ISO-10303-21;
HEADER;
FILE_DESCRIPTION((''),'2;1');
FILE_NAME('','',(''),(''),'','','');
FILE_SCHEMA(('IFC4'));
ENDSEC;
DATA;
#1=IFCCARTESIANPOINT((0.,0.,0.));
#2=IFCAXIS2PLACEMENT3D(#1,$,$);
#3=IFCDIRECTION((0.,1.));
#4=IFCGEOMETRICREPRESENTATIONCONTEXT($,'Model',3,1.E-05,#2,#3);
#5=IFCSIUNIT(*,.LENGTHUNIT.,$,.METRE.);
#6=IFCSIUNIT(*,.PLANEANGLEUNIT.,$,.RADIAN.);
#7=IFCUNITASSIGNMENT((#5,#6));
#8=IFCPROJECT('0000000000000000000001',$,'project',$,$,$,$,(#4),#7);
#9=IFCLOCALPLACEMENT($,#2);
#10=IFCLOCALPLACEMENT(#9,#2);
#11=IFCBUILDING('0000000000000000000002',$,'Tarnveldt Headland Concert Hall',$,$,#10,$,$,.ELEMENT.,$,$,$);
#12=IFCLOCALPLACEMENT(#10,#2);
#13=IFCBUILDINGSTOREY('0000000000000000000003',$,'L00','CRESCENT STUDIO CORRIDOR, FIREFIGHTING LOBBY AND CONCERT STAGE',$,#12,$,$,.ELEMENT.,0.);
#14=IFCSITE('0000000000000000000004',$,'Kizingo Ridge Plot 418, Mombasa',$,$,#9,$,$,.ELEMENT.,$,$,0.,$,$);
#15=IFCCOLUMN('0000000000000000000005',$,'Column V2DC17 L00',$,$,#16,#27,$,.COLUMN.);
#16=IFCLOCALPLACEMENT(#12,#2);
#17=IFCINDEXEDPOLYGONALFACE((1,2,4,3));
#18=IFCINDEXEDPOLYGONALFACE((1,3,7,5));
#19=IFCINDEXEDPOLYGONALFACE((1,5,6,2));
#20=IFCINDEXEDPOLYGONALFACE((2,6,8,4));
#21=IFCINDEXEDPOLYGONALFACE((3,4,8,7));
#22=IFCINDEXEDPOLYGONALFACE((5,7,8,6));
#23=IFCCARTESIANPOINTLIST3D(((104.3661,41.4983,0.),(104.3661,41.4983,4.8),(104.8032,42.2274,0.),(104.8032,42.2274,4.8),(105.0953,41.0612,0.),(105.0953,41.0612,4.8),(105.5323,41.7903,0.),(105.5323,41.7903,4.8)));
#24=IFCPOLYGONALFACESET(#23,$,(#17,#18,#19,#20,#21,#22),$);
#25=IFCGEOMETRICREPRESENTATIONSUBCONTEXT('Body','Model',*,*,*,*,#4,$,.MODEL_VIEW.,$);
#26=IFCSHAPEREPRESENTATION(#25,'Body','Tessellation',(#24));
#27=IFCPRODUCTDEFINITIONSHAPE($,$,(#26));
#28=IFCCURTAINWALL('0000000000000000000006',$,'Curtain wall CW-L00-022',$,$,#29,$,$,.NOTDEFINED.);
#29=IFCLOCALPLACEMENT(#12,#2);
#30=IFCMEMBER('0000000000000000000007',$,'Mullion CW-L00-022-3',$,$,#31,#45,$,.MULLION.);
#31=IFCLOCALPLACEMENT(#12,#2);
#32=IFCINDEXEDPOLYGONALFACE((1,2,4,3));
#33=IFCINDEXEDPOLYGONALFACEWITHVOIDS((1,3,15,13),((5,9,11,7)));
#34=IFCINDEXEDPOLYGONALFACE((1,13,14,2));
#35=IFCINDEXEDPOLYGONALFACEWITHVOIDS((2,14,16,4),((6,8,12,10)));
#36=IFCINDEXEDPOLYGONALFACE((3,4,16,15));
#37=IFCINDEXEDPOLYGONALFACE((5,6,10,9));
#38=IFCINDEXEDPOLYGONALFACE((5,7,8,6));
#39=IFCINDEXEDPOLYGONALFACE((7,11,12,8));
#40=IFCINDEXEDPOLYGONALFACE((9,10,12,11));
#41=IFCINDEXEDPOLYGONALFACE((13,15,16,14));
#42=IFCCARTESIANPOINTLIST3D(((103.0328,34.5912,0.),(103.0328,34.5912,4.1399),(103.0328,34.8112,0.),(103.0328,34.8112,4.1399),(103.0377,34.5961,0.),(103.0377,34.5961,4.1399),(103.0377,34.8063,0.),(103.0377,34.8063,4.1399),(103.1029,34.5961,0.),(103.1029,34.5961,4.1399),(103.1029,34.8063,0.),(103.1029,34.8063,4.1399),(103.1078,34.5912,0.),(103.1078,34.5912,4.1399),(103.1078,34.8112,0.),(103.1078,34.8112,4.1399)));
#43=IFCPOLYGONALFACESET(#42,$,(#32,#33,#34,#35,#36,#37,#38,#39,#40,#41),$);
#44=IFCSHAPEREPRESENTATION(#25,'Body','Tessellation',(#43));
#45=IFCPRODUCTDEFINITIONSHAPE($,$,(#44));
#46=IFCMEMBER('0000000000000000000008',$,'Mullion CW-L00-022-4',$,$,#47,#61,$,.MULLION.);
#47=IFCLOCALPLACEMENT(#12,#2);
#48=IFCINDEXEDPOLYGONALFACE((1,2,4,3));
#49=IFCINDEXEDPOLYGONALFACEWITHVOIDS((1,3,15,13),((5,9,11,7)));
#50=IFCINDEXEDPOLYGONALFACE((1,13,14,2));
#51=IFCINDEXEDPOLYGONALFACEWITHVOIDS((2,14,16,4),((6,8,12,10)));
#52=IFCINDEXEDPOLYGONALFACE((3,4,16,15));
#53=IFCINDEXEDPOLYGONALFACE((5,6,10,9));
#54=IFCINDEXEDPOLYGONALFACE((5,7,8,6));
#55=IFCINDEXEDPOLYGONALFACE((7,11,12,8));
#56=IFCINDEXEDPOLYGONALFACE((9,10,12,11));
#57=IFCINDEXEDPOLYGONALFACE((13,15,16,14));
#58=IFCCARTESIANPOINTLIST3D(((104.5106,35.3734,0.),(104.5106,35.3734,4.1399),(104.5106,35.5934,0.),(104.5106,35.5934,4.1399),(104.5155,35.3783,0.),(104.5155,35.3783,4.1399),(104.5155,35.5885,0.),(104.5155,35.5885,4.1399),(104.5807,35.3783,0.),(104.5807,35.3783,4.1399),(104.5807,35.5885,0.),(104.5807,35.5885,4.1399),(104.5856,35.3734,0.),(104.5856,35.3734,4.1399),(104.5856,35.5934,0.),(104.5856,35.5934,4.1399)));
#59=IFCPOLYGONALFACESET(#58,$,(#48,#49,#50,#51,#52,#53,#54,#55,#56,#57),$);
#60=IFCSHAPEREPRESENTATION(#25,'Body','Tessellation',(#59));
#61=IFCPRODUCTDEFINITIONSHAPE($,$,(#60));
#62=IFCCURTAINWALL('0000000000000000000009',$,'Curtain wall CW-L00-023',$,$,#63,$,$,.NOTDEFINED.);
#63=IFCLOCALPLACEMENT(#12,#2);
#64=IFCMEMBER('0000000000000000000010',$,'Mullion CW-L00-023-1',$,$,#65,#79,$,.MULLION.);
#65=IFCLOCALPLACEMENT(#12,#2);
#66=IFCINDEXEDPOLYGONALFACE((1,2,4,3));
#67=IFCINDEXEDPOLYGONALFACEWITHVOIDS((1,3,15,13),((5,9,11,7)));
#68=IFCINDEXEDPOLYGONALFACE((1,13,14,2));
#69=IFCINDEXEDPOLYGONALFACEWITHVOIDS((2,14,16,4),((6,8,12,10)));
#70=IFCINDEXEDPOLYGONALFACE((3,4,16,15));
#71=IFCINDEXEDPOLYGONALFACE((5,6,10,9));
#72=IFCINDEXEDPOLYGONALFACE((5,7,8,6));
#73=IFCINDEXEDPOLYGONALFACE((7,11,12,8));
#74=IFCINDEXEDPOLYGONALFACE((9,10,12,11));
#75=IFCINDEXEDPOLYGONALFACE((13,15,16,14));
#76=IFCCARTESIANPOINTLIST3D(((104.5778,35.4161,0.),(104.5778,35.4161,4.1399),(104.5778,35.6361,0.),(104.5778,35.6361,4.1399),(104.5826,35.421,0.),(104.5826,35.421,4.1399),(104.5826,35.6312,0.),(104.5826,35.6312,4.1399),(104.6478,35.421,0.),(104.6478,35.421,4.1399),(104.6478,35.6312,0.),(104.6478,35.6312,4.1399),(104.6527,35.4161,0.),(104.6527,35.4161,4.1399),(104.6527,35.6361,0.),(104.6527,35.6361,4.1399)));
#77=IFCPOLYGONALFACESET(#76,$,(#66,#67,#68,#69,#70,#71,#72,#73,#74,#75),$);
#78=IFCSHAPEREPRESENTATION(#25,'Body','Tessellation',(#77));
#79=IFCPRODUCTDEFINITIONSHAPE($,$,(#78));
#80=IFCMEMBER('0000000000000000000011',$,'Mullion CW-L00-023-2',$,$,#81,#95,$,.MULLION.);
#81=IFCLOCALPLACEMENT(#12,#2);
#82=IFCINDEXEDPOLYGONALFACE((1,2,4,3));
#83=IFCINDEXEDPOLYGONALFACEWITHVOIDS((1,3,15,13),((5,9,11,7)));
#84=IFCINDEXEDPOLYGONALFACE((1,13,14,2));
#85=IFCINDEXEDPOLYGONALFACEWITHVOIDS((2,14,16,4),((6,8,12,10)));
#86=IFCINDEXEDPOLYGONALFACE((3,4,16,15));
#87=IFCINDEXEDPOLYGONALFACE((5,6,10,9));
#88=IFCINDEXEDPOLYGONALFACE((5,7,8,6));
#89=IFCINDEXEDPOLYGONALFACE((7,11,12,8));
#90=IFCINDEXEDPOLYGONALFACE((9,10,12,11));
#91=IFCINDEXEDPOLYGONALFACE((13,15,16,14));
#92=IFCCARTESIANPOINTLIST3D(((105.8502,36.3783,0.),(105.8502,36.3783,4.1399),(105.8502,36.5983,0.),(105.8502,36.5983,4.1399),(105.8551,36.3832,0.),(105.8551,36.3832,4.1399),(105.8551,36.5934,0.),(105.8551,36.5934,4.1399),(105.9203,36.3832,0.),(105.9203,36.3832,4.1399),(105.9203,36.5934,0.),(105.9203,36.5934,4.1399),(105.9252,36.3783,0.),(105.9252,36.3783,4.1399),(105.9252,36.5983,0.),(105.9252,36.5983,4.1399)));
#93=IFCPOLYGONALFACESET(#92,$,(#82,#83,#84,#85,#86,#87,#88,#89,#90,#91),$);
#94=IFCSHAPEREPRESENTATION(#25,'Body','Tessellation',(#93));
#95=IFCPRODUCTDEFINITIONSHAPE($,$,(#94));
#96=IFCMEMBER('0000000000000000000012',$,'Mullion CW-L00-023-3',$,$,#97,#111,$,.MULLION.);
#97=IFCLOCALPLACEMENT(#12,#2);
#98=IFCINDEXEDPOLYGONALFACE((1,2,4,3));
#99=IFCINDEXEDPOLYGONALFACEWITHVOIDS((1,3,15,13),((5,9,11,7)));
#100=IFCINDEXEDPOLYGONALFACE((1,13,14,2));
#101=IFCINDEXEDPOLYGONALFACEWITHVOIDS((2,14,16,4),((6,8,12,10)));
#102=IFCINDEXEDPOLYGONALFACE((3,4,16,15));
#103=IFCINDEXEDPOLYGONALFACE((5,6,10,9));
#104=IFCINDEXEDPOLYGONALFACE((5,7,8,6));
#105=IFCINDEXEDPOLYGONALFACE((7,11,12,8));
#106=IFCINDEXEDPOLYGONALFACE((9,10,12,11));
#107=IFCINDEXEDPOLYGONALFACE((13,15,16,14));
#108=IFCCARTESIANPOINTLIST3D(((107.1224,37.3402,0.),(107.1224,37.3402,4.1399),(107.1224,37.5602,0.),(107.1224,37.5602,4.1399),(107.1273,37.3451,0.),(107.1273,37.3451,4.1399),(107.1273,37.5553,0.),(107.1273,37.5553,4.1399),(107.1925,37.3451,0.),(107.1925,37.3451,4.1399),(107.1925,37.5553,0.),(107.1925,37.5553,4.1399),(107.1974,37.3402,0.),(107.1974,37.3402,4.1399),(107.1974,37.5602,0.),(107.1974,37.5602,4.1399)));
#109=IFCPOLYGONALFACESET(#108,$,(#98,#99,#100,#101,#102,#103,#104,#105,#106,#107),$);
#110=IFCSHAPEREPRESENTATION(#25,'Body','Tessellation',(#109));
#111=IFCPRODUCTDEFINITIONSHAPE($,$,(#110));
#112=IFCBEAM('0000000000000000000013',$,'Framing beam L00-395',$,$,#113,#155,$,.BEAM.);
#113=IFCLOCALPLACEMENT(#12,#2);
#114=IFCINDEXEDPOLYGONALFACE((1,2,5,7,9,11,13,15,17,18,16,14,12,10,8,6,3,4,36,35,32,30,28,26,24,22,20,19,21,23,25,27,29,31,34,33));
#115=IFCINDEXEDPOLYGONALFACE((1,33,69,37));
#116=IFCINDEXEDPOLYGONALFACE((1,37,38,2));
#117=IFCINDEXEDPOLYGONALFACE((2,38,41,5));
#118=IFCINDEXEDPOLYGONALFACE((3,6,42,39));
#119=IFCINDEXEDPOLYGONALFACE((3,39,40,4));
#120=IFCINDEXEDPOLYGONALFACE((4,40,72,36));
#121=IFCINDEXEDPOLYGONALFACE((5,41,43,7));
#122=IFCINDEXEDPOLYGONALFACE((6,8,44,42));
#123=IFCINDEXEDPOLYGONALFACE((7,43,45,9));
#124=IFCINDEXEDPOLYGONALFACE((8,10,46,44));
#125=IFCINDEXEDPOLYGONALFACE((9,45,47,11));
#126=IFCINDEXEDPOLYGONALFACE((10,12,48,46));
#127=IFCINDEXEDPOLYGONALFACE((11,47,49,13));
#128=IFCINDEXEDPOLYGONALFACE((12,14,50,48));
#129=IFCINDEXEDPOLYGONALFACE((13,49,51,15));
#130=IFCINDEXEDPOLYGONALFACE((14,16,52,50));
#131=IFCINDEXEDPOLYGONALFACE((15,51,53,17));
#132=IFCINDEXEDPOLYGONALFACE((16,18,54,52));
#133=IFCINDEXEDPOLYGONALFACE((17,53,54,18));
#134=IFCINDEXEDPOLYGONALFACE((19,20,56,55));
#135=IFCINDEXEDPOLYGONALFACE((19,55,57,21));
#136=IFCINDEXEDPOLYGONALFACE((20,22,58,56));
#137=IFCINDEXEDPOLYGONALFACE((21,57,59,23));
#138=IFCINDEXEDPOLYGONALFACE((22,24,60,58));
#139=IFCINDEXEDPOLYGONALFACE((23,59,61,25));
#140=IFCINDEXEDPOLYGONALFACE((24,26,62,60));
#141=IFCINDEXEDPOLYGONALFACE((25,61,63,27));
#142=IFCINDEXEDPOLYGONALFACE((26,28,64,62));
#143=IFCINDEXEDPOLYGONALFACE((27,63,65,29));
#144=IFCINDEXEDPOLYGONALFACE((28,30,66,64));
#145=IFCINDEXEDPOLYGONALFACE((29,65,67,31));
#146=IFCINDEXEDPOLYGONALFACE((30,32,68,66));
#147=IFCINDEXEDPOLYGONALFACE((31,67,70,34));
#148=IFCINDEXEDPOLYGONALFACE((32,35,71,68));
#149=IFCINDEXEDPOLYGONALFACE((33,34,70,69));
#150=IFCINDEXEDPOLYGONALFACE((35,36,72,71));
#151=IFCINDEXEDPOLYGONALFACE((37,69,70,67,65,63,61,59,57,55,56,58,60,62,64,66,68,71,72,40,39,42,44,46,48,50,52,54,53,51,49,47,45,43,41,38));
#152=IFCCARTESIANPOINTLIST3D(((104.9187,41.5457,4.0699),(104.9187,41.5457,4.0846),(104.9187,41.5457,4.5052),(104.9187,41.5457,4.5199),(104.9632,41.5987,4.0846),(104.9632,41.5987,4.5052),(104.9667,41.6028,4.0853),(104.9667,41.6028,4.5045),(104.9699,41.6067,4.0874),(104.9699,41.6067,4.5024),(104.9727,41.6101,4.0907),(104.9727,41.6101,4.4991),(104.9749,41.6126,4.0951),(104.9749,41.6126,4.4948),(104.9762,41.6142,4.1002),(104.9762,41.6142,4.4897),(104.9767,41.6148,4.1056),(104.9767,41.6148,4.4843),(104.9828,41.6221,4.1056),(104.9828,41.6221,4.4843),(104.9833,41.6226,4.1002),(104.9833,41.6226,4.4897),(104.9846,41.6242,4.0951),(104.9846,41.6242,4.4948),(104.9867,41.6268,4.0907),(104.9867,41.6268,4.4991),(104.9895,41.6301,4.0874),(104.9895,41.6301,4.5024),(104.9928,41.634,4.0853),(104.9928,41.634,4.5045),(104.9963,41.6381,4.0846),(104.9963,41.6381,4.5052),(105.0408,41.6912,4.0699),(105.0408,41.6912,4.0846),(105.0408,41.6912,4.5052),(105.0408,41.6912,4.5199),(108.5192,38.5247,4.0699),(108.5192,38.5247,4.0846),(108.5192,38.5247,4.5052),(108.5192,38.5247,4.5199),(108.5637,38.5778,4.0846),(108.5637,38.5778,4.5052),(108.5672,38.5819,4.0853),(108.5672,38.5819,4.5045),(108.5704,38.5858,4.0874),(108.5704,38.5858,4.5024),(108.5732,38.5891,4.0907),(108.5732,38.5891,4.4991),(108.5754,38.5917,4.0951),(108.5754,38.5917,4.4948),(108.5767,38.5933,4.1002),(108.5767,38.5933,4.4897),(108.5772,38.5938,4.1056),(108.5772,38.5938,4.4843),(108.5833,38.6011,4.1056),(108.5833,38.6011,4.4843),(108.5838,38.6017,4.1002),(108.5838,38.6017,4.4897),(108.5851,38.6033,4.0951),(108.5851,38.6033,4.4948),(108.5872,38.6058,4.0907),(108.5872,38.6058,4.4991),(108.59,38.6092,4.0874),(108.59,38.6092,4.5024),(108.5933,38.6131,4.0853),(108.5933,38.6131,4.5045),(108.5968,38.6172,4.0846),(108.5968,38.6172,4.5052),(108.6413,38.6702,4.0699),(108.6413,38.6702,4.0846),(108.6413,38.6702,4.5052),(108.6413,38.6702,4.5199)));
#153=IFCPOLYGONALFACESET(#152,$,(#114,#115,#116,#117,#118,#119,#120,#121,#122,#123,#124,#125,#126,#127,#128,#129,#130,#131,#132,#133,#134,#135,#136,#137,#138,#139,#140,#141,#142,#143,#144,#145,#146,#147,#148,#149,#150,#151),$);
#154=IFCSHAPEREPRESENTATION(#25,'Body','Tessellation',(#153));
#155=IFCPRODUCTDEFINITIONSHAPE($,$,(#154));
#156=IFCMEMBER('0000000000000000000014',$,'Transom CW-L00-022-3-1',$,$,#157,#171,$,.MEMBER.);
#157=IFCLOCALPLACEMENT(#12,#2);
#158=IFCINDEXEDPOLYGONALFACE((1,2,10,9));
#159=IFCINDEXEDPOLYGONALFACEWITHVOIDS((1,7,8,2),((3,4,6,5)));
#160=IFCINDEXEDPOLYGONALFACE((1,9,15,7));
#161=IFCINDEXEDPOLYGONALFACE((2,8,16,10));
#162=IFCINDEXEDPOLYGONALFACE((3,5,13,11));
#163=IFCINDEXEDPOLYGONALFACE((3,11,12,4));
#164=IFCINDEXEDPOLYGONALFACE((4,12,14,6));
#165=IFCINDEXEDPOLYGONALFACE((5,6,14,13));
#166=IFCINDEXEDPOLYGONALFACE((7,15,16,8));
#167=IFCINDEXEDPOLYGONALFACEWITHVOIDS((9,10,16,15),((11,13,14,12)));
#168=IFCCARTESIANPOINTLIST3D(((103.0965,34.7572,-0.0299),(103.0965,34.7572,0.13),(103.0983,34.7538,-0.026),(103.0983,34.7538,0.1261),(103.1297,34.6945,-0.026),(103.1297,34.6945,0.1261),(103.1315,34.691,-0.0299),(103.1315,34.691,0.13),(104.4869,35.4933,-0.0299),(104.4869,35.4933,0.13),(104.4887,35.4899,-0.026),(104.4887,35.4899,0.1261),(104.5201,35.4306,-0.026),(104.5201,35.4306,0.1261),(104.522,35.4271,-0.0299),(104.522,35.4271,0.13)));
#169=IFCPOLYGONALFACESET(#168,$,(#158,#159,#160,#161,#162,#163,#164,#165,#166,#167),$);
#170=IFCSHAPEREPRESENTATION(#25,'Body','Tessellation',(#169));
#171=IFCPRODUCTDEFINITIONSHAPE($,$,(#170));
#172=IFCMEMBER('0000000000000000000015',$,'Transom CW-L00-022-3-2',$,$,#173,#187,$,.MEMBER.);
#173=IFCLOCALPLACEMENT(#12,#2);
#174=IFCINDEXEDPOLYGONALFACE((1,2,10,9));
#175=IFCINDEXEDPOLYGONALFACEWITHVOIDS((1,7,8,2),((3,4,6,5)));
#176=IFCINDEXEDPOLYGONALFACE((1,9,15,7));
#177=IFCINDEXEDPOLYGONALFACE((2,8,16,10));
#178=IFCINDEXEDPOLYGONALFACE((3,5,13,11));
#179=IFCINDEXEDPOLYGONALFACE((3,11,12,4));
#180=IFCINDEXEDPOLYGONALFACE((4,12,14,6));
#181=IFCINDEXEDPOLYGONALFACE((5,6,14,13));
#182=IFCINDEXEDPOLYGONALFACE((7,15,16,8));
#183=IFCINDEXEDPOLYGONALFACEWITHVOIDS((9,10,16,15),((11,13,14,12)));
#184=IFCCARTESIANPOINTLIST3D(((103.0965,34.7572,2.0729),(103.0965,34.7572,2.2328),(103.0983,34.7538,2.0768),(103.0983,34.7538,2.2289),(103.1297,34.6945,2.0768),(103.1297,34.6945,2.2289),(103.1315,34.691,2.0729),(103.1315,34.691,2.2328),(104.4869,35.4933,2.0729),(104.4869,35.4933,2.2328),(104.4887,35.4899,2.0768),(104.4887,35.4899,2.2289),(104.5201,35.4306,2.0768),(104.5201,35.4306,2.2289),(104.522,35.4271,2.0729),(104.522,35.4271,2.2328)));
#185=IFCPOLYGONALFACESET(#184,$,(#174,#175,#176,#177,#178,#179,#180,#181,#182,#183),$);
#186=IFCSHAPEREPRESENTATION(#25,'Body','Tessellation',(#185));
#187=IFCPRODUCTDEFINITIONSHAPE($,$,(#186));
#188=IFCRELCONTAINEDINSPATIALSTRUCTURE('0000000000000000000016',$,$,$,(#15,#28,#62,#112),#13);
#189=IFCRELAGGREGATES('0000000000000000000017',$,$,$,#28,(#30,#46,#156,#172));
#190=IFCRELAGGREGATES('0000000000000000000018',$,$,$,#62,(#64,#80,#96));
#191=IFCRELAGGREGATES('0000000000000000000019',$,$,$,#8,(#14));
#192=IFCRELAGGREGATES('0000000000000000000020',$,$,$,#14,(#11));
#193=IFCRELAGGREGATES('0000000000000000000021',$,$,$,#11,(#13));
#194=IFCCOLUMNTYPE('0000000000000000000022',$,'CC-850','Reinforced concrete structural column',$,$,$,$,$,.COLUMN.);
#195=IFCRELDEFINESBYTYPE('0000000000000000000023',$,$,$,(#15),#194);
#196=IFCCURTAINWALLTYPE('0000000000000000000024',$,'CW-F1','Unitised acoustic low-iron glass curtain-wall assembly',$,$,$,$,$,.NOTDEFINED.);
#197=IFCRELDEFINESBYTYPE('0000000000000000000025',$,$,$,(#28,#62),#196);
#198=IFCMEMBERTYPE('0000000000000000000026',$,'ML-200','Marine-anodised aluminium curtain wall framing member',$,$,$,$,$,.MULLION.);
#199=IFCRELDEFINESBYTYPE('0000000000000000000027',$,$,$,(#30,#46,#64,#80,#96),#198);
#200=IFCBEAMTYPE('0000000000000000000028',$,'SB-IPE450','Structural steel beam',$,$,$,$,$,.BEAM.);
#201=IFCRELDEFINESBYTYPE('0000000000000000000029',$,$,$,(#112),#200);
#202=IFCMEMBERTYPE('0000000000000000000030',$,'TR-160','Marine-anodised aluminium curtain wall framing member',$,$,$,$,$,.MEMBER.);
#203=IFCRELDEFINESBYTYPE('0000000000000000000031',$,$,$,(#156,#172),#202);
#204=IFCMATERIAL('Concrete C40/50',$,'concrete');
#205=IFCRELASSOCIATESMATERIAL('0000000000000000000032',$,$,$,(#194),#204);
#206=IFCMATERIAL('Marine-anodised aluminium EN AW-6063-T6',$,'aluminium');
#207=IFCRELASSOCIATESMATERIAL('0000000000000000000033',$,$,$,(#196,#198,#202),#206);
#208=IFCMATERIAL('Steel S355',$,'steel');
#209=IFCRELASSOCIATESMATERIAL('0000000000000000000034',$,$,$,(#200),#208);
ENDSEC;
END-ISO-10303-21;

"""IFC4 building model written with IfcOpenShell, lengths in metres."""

from ifc_helpers import new_model, si_unit, direction, frame, origin, origin_2d, place, context, subcontext, project, spatial, rectangle, hollow_rectangle, i_section, extrude, material, material_profile, profile_set, type_object, element, aggregate, save


model = new_model("IFC4")

# Units and contexts
model_context = context("Model", 3, precision=1e-05, world=origin(), true_north=direction((0.0, 1.0)))
body_context = subcontext(model_context, "Body", "Model", "MODEL_VIEW")
ifc_project = project(units=[si_unit("LENGTHUNIT", "METRE"), si_unit("PLANEANGLEUNIT", "RADIAN")], contexts=[model_context])

# Site, building, storey
site_placement = place(None, origin())
site = spatial("IfcSite", under=ifc_project, at=site_placement, Name="Kizingo Ridge Plot 418, Mombasa", CompositionType="ELEMENT", RefElevation=0.0)
building_placement = place(site_placement, origin())
building = spatial("IfcBuilding", under=site, at=building_placement, Name="Tarnveldt Headland Concert Hall", CompositionType="ELEMENT")
storey_placement = place(building_placement, origin())
storey = spatial("IfcBuildingStorey", under=building, at=storey_placement, Name="L00", Description="CRESCENT STUDIO CORRIDOR, FIREFIGHTING LOBBY AND CONCERT STAGE", CompositionType="ELEMENT", Elevation=0.0)

# Column
ifc_material_1 = material(Name="Concrete C40/50", Category="concrete")
ifc_material_profile_1 = material_profile(ifc_material_1, rectangle(XDim=0.8501, YDim=0.8501, at=origin_2d()), Name="RC 850x850", Category="concrete")
ifc_profile_set_1 = profile_set([ifc_material_profile_1], Name="Concrete C40/50")
column_type = type_object("IfcColumnType", Name="CC-850", Description="Reinforced concrete structural column", PredefinedType="COLUMN", material=ifc_profile_set_1)
column_placement = place(storey_placement, frame((104.9492, 41.6443, 0.0), z_axis=(0.0, 0.0, 1.0), x_axis=(0.857706, -0.51414, 0.0)))
element("IfcColumn", 1, at=column_placement, inside=storey, type_object=column_type, Name="Column V2DC17 L00", PredefinedType="COLUMN", context=body_context, shape_type="SweptSolid", body=[
    extrude(rectangle(XDim=0.8501, YDim=0.8501, at=origin_2d()), origin(), (0.0, 0.0, 1.0), 4.8),
])

# Curtain walls, members
ifc_material_2 = material(Name="Marine-anodised aluminium EN AW-6063-T6", Category="aluminium")
curtain_wall_type = type_object("IfcCurtainWallType", Name="CW-F1", Description="Unitised acoustic low-iron glass curtain-wall assembly", PredefinedType="NOTDEFINED", material=ifc_material_2)
curtain_wall_1_placement = place(storey_placement, origin())
curtain_wall_1 = element("IfcCurtainWall", 2, at=curtain_wall_1_placement, inside=storey, type_object=curtain_wall_type, Name="Curtain wall CW-L00-022", PredefinedType="NOTDEFINED")
ifc_material_profile_2 = material_profile(ifc_material_2, hollow_rectangle(XDim=0.075, YDim=0.22, WallThickness=0.0049, at=origin_2d()), Name="ALU MULLION 75x220x5", Category="aluminium")
ifc_profile_set_2 = profile_set([ifc_material_profile_2], Name="Marine-anodised aluminium EN AW-6063-T6")
member_type_1 = type_object("IfcMemberType", Name="ML-200", Description="Marine-anodised aluminium curtain wall framing member", PredefinedType="MULLION", material=ifc_profile_set_2)
member_1_placement = place(storey_placement, frame((103.0703, 34.7012, 0.0), z_axis=(0.0, 0.0, 1.0), x_axis=(1.0, 0.0, 0.0)))
member_1 = element("IfcMember", 3, at=member_1_placement, type_object=member_type_1, Name="Mullion CW-L00-022-3", PredefinedType="MULLION", context=body_context, shape_type="SweptSolid", body=[
    extrude(hollow_rectangle(XDim=0.075, YDim=0.22, WallThickness=0.0049, at=origin_2d()), origin(), (0.0, 0.0, 1.0), 4.1399),
])
member_2_placement = place(storey_placement, frame((104.5481, 35.4834, 0.0), z_axis=(0.0, 0.0, 1.0), x_axis=(1.0, 0.0, 0.0)))
member_2 = element("IfcMember", 4, at=member_2_placement, type_object=member_type_1, Name="Mullion CW-L00-022-4", PredefinedType="MULLION", context=body_context, shape_type="SweptSolid", body=[
    extrude(hollow_rectangle(XDim=0.075, YDim=0.22, WallThickness=0.0049, at=origin_2d()), origin(), (0.0, 0.0, 1.0), 4.1399),
])
curtain_wall_2_placement = place(storey_placement, origin())
curtain_wall_2 = element("IfcCurtainWall", 5, at=curtain_wall_2_placement, inside=storey, type_object=curtain_wall_type, Name="Curtain wall CW-L00-023", PredefinedType="NOTDEFINED")
member_3_placement = place(storey_placement, frame((104.6152, 35.5261, 0.0), z_axis=(0.0, 0.0, 1.0), x_axis=(1.0, 0.0, 0.0)))
member_3 = element("IfcMember", 6, at=member_3_placement, type_object=member_type_1, Name="Mullion CW-L00-023-1", PredefinedType="MULLION", context=body_context, shape_type="SweptSolid", body=[
    extrude(hollow_rectangle(XDim=0.075, YDim=0.22, WallThickness=0.0049, at=origin_2d()), origin(), (0.0, 0.0, 1.0), 4.1399),
])
member_4_placement = place(storey_placement, frame((105.8877, 36.4883, 0.0), z_axis=(0.0, 0.0, 1.0), x_axis=(1.0, 0.0, 0.0)))
member_4 = element("IfcMember", 7, at=member_4_placement, type_object=member_type_1, Name="Mullion CW-L00-023-2", PredefinedType="MULLION", context=body_context, shape_type="SweptSolid", body=[
    extrude(hollow_rectangle(XDim=0.075, YDim=0.22, WallThickness=0.0049, at=origin_2d()), origin(), (0.0, 0.0, 1.0), 4.1399),
])
member_5_placement = place(storey_placement, frame((107.1599, 37.4502, 0.0), z_axis=(0.0, 0.0, 1.0), x_axis=(1.0, 0.0, 0.0)))
member_5 = element("IfcMember", 8, at=member_5_placement, type_object=member_type_1, Name="Mullion CW-L00-023-3", PredefinedType="MULLION", context=body_context, shape_type="SweptSolid", body=[
    extrude(hollow_rectangle(XDim=0.075, YDim=0.22, WallThickness=0.0049, at=origin_2d()), origin(), (0.0, 0.0, 1.0), 4.1399),
])

# Beam
ifc_material_3 = material(Name="Steel S355", Category="steel")
ifc_material_profile_3 = material_profile(ifc_material_3, i_section(OverallWidth=0.1899, OverallDepth=0.45, WebThickness=0.0095, FlangeThickness=0.0146, FilletRadius=0.021, at=origin_2d()), Name="IPE450", Category="steel")
ifc_profile_set_3 = profile_set([ifc_material_profile_3], Name="Steel S355")
beam_type = type_object("IfcBeamType", Name="SB-IPE450", Description="Structural steel beam", PredefinedType="BEAM", material=ifc_profile_set_3)
beam_placement = place(storey_placement, frame((104.9797, 41.6184, 4.2949), z_axis=(0.766071, -0.642756, 0.0), x_axis=(0.642756, 0.766071, 0.0)))
element("IfcBeam", 9, at=beam_placement, inside=storey, type_object=beam_type, Name="Framing beam L00-395", PredefinedType="BEAM", context=body_context, shape_type="SweptSolid", body=[
    extrude(i_section(OverallWidth=0.1899, OverallDepth=0.45, WebThickness=0.0095, FlangeThickness=0.0146, FilletRadius=0.021, at=origin_2d()), origin(), (0.0, 0.0, 1.0), 4.7),
])

# Members
ifc_material_profile_4 = material_profile(ifc_material_2, hollow_rectangle(XDim=0.075, YDim=0.1599, WallThickness=0.0039, at=origin_2d()), Name="ALU TRANSOM 75x160x4", Category="aluminium")
ifc_profile_set_4 = profile_set([ifc_material_profile_4], Name="Marine-anodised aluminium EN AW-6063-T6")
member_type_2 = type_object("IfcMemberType", Name="TR-160", Description="Marine-anodised aluminium curtain wall framing member", PredefinedType="MEMBER", material=ifc_profile_set_4)
member_6_placement = place(storey_placement, frame((103.114, 34.7241, 0.05), z_axis=(0.883788, 0.467888, 0.0), x_axis=(-0.467888, 0.883788, 0.0)))
member_6 = element("IfcMember", 10, at=member_6_placement, type_object=member_type_2, Name="Transom CW-L00-022-3-1", PredefinedType="MEMBER", context=body_context, shape_type="SweptSolid", body=[
    extrude(hollow_rectangle(XDim=0.075, YDim=0.1599, WallThickness=0.0039, at=origin_2d()), origin(), (0.0, 0.0, 1.0), 1.5732),
])
member_7_placement = place(storey_placement, frame((103.114, 34.7241, 2.1528), z_axis=(0.883788, 0.467888, 0.0), x_axis=(-0.467888, 0.883788, 0.0)))
member_7 = element("IfcMember", 11, at=member_7_placement, type_object=member_type_2, Name="Transom CW-L00-022-3-2", PredefinedType="MEMBER", context=body_context, shape_type="SweptSolid", body=[
    extrude(hollow_rectangle(XDim=0.075, YDim=0.1599, WallThickness=0.0039, at=origin_2d()), origin(), (0.0, 0.0, 1.0), 1.5732),
])

aggregate(curtain_wall_1, [member_1, member_2, member_6, member_7])
aggregate(curtain_wall_2, [member_3, member_4, member_5])

save(model, "model.ifc")
